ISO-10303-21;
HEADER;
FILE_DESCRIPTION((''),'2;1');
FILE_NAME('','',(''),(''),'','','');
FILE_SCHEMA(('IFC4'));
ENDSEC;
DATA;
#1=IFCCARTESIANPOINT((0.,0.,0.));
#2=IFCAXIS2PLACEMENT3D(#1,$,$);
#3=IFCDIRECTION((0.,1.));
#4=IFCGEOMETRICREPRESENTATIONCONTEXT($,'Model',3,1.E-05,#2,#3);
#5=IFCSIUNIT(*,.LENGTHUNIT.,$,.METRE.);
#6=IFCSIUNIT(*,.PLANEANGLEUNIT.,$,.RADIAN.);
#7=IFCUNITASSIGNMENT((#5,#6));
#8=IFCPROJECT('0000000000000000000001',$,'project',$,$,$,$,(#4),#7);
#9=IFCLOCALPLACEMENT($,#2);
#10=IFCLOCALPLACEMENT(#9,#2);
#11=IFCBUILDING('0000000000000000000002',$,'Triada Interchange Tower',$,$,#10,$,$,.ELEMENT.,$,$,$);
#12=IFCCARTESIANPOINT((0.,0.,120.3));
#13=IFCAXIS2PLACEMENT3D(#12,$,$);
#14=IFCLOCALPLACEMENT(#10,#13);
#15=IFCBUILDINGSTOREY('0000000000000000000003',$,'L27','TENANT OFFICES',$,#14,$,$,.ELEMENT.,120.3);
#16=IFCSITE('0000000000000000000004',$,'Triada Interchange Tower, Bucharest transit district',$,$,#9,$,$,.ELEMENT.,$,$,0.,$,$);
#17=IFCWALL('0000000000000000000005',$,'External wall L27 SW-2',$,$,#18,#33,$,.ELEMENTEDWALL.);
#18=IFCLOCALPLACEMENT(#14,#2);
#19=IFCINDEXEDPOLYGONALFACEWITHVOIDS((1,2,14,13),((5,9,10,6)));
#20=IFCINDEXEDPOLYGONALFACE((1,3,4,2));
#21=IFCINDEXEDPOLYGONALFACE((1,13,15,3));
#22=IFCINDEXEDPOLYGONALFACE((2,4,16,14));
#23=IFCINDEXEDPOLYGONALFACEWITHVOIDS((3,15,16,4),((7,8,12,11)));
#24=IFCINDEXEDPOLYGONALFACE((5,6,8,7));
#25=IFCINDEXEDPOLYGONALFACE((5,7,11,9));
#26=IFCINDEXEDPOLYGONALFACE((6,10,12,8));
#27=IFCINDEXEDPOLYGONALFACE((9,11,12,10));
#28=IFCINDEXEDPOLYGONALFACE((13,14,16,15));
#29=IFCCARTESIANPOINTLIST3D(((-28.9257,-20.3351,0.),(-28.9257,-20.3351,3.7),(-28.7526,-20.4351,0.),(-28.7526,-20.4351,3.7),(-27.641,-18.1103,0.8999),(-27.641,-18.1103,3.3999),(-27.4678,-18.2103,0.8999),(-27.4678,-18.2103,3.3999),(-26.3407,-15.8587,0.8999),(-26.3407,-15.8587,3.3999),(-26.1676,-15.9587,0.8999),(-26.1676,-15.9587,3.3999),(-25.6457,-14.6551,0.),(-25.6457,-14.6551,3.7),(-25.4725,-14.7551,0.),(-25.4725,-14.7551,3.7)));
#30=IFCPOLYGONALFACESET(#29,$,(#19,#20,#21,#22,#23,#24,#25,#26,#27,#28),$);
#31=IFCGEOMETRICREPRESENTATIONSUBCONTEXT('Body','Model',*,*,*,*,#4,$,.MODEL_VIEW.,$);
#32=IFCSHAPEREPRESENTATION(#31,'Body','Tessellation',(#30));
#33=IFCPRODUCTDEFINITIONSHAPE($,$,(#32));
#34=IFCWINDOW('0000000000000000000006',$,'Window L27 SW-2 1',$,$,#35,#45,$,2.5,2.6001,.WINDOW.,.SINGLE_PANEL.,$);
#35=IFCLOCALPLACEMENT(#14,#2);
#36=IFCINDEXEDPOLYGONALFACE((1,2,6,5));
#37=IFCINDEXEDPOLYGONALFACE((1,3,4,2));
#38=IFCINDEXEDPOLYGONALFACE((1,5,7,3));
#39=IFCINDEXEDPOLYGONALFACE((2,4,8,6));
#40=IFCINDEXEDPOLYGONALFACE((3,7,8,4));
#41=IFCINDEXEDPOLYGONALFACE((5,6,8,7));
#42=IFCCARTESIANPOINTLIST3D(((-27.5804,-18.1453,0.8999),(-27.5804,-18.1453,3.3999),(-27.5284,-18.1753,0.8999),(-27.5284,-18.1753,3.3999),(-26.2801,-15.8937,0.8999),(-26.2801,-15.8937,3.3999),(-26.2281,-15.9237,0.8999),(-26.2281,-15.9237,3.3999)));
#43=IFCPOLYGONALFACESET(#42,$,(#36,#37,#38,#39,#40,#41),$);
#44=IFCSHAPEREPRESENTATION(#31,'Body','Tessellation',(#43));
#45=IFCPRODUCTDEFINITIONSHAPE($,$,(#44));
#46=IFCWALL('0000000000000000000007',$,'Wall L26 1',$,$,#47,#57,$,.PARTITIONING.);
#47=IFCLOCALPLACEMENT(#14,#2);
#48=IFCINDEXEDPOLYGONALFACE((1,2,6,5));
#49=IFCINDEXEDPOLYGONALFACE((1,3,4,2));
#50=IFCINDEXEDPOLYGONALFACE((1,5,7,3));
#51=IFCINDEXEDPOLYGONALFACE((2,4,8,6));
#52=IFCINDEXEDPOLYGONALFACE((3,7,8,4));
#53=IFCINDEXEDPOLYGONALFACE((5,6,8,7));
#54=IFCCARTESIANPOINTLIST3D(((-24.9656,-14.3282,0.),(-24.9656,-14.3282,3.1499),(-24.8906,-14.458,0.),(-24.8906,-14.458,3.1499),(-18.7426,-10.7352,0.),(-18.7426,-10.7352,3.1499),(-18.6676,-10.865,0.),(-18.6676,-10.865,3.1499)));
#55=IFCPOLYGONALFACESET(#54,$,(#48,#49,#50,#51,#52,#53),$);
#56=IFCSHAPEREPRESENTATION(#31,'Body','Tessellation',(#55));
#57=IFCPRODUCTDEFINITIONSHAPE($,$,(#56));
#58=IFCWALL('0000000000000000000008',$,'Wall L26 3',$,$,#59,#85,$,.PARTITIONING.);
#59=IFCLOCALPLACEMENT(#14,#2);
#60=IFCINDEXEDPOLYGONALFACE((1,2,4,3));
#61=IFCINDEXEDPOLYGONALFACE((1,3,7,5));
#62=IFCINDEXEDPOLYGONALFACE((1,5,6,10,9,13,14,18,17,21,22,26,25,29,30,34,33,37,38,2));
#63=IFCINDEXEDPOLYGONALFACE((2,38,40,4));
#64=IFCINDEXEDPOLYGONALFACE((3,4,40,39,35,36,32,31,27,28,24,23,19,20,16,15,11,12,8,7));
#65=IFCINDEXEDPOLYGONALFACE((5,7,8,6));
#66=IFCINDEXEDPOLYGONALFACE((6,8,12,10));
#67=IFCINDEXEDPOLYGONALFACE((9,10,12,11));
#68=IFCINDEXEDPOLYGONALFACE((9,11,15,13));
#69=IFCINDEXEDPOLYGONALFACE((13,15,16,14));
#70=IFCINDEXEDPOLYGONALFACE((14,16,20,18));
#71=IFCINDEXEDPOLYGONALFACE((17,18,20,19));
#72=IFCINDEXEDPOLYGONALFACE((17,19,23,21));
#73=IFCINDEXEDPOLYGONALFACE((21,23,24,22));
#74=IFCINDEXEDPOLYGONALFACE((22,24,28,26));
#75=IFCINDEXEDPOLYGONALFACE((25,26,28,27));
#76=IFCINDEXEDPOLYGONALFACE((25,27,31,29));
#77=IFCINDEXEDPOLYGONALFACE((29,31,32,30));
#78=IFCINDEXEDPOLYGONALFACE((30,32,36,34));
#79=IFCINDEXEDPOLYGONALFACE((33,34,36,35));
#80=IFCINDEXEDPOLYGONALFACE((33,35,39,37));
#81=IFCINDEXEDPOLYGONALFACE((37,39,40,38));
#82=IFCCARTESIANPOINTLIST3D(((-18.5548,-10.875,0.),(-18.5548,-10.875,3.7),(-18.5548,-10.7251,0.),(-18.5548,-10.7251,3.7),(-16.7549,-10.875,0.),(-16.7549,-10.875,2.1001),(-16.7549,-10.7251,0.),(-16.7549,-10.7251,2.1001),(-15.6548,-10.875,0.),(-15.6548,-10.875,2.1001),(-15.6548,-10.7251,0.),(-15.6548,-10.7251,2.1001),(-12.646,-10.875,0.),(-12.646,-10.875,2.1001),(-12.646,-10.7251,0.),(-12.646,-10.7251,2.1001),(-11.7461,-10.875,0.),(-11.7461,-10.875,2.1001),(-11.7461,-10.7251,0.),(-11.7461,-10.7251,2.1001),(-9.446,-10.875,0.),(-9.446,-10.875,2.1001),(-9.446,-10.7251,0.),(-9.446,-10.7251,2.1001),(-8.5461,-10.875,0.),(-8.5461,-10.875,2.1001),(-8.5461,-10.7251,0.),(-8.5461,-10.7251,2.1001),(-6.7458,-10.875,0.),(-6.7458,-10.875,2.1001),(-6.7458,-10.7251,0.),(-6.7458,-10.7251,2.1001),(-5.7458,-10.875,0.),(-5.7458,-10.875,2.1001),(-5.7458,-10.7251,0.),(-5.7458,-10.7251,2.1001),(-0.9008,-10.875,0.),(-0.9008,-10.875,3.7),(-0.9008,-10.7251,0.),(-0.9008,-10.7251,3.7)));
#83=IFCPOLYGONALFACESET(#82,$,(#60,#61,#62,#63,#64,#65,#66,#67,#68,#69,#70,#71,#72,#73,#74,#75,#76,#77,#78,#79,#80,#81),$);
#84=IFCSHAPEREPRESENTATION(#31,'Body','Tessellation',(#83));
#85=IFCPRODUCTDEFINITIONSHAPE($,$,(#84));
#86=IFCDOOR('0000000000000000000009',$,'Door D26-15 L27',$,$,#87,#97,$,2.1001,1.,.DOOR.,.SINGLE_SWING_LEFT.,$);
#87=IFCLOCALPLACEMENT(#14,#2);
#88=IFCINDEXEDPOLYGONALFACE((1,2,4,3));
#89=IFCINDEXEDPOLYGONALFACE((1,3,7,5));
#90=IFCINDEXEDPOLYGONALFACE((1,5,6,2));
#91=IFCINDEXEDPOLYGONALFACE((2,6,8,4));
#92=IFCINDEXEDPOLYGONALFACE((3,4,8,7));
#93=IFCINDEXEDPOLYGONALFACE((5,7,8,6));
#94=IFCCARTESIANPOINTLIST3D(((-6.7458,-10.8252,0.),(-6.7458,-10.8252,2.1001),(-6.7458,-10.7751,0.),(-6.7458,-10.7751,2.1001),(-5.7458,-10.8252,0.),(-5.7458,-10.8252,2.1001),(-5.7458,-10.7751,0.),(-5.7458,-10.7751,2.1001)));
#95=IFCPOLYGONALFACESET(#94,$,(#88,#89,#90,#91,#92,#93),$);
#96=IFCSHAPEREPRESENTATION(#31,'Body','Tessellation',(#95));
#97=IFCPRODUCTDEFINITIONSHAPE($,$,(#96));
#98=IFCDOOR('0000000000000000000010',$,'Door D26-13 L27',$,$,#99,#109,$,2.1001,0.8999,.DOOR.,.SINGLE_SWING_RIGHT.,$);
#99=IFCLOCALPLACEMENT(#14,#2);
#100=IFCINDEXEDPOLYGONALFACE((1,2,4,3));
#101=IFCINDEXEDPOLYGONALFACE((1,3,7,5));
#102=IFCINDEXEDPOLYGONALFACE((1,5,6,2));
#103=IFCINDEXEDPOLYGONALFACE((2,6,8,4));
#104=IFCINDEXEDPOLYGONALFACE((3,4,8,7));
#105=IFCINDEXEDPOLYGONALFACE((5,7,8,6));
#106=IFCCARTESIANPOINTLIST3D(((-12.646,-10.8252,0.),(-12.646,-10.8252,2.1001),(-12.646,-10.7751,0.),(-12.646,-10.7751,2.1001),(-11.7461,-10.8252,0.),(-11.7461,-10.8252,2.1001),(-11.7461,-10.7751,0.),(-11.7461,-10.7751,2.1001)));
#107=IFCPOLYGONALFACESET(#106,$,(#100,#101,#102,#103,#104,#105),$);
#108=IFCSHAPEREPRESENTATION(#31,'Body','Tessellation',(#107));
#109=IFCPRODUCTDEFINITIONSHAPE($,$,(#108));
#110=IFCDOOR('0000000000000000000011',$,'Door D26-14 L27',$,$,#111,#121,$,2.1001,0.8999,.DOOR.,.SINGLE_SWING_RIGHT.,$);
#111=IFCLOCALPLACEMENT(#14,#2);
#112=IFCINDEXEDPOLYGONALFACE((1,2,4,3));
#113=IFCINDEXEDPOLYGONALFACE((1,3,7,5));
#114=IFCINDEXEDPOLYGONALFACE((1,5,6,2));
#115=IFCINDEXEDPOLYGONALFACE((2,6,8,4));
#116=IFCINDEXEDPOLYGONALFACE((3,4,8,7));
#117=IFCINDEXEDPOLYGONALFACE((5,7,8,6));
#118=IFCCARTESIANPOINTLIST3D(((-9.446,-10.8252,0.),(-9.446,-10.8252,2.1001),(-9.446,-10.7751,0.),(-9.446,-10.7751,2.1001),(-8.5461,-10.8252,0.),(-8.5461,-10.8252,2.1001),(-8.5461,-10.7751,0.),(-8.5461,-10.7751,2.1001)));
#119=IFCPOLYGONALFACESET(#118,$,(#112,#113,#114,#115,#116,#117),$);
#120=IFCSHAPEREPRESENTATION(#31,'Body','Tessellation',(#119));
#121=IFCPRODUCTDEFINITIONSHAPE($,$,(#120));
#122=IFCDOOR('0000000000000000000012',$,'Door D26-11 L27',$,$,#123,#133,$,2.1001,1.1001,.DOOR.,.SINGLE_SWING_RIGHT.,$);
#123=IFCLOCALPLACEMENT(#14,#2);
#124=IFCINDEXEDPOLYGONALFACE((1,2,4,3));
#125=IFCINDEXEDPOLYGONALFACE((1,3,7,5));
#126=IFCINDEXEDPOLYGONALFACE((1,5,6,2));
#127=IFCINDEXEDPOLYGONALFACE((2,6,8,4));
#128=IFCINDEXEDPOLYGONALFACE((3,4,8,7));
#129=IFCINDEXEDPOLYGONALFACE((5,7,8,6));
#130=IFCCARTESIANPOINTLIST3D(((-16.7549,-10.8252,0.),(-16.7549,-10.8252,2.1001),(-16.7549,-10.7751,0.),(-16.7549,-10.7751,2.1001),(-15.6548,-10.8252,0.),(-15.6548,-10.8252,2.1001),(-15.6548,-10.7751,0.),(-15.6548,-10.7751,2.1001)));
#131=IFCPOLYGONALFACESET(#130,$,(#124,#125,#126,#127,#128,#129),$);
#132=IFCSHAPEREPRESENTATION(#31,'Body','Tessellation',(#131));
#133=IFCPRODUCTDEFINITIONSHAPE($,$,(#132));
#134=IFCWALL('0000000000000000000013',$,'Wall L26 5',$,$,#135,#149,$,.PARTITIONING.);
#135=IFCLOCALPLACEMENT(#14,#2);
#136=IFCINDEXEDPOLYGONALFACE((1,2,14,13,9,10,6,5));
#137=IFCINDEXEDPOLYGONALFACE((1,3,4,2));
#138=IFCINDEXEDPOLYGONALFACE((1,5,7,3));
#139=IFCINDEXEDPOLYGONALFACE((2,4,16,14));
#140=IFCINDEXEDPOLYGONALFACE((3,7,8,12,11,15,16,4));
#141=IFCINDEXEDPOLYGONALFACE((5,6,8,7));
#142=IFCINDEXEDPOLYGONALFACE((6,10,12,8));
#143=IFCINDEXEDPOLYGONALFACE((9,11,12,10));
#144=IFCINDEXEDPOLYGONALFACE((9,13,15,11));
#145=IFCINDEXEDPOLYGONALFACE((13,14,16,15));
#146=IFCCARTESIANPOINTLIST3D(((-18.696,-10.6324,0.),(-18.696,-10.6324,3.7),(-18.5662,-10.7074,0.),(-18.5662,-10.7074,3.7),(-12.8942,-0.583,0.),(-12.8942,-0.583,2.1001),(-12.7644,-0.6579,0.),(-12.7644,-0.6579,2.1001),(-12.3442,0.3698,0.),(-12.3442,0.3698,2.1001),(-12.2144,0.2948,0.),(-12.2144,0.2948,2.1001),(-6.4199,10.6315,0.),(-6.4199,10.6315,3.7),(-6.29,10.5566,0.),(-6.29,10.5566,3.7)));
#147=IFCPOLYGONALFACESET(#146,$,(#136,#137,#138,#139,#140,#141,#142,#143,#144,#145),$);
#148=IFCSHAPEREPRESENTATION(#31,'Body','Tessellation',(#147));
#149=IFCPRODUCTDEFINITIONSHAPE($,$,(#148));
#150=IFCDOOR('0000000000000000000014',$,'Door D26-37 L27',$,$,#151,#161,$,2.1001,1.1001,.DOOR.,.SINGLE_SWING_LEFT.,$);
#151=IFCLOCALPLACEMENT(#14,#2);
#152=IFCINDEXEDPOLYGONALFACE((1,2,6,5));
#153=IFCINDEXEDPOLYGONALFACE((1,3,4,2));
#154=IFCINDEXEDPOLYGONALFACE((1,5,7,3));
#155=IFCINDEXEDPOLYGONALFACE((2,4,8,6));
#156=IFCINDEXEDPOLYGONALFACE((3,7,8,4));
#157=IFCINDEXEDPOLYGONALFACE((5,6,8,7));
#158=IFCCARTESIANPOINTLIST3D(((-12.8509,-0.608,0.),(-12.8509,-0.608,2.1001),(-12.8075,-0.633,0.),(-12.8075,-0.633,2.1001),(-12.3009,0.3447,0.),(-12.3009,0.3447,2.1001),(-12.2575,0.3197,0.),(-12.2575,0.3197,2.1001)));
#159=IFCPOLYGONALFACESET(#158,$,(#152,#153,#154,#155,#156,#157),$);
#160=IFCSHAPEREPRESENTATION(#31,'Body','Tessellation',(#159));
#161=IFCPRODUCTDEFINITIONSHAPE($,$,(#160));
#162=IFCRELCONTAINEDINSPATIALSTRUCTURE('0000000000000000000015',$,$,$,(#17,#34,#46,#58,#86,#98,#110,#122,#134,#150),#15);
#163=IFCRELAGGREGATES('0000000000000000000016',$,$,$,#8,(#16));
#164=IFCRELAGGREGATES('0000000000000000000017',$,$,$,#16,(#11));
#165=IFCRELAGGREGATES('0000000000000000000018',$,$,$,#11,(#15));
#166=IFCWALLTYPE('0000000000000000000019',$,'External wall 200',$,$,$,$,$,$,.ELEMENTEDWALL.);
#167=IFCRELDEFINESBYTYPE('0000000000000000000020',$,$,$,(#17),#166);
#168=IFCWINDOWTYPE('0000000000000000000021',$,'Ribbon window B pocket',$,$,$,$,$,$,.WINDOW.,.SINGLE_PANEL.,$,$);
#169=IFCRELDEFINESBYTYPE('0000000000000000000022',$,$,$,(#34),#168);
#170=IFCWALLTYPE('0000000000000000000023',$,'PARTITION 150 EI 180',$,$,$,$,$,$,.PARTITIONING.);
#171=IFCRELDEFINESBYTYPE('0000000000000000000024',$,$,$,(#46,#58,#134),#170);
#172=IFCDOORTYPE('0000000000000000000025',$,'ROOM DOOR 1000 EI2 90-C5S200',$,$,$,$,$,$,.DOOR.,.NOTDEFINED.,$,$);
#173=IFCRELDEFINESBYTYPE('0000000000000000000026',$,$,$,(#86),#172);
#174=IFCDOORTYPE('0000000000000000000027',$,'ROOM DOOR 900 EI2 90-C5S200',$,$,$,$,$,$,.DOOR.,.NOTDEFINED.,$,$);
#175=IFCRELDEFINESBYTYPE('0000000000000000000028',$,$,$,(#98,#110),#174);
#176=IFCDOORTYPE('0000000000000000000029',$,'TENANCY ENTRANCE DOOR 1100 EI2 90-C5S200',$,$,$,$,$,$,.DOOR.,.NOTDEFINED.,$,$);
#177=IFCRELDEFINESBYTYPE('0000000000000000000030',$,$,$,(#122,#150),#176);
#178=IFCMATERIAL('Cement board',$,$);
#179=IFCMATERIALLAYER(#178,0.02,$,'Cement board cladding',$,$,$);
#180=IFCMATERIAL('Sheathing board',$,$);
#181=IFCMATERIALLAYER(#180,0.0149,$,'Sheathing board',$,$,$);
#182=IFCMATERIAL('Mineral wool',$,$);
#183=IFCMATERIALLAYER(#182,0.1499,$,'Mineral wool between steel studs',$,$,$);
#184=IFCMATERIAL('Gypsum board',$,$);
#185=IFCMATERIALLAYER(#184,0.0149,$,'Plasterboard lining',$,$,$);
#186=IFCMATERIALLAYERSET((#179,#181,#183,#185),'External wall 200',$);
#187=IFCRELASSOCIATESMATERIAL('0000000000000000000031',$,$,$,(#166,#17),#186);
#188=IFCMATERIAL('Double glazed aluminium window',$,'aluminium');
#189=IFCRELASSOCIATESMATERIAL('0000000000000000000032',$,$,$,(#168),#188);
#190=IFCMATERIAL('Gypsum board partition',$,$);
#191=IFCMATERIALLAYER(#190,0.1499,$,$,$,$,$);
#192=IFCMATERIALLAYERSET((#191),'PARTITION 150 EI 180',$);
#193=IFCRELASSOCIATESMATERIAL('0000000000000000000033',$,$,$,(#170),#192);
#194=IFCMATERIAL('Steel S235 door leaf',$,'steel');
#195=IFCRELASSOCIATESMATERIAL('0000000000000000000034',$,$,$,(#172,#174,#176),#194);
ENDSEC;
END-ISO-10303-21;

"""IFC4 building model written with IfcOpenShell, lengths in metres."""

from ifc_helpers import new_model, si_unit, direction, frame, frame_2d, origin, place, context, subcontext, project, spatial, rectangle, extrude, material, layer, layer_set, layer_usage, type_object, element, fill, save


model = new_model("IFC4")

# Units and contexts
model_context = context("Model", 3, precision=1e-05, world=origin(), true_north=direction((0.0, 1.0)))
body_context = subcontext(model_context, "Body", "Model", "MODEL_VIEW")
ifc_project = project(units=[si_unit("LENGTHUNIT", "METRE"), si_unit("PLANEANGLEUNIT", "RADIAN")], contexts=[model_context])

# Site, building, storey
site_placement = place(None, origin())
site = spatial("IfcSite", under=ifc_project, at=site_placement, Name="Triada Interchange Tower, Bucharest transit district", CompositionType="ELEMENT", RefElevation=0.0)
building_placement = place(site_placement, origin())
building = spatial("IfcBuilding", under=site, at=building_placement, Name="Triada Interchange Tower", CompositionType="ELEMENT")
storey_placement = place(building_placement, frame((0.0, 0.0, 120.3)))
storey = spatial("IfcBuildingStorey", under=building, at=storey_placement, Name="L27", Description="TENANT OFFICES", CompositionType="ELEMENT", Elevation=120.3)

# Wall, opening, window
ifc_material_1 = material(Name="Cement board")
ifc_layer_1 = layer(ifc_material_1, 0.02, Name="Cement board cladding")
ifc_material_2 = material(Name="Sheathing board")
ifc_layer_2 = layer(ifc_material_2, 0.0149, Name="Sheathing board")
ifc_material_3 = material(Name="Mineral wool")
ifc_layer_3 = layer(ifc_material_3, 0.1499, Name="Mineral wool between steel studs")
ifc_material_4 = material(Name="Gypsum board")
ifc_layer_4 = layer(ifc_material_4, 0.0149, Name="Plasterboard lining")
ifc_layer_set_1 = layer_set([ifc_layer_1, ifc_layer_2, ifc_layer_3, ifc_layer_4], Name="External wall 200")
ifc_layer_usage = layer_usage(ifc_layer_set_1, "AXIS2", "POSITIVE", -0.1001)
wall_type_1 = type_object("IfcWallType", Name="External wall 200", PredefinedType="ELEMENTEDWALL", material=ifc_layer_set_1)
wall_1_placement = place(storey_placement, frame((-25.5591, -14.7051, 0.0), z_axis=(0.0, 0.0, 1.0), x_axis=(-0.500082, -0.865978, 0.0)))
wall_1 = element("IfcWall", 1, at=wall_1_placement, inside=storey, type_object=wall_type_1, material=ifc_layer_usage, Name="External wall L27 SW-2", PredefinedType="ELEMENTEDWALL", context=body_context, shape_type="SweptSolid", body=[
    extrude(rectangle(XDim=6.5591, YDim=0.2, at=frame_2d((3.2795, 0.0))), origin(), (0.0, 0.0, 1.0), 3.7),
])
opening_1_placement = place(wall_1_placement, frame((1.3899, 0.0, 0.8999)))
opening_1 = element("IfcOpeningElement", 2, at=opening_1_placement, cuts=wall_1, PredefinedType="OPENING", context=body_context, shape_type="SweptSolid", body=[
    extrude(rectangle(XDim=2.6001, YDim=2.5, at=frame_2d((1.3, 1.25))), frame((0.0, 0.1099, 0.0), z_axis=(0.0, -1.0, 0.0), x_axis=(1.0, 0.0, 0.0)), (0.0, 0.0, 1.0), 0.22),
])
ifc_material_5 = material(Name="Double glazed aluminium window", Category="aluminium")
window_type = type_object("IfcWindowType", Name="Ribbon window B pocket", PartitioningType="SINGLE_PANEL", PredefinedType="WINDOW", material=ifc_material_5)
window_placement = place(opening_1_placement, origin())
window = element("IfcWindow", 3, at=window_placement, inside=storey, type_object=window_type, Name="Window L27 SW-2 1", OverallHeight=2.5, OverallWidth=2.6001, PartitioningType="SINGLE_PANEL", PredefinedType="WINDOW", context=body_context, shape_type="SweptSolid", body=[
    extrude(rectangle(XDim=2.6001, YDim=2.5, at=frame_2d((1.3, 1.25))), frame((0.0, 0.03, 0.0), z_axis=(0.0, -1.0, 0.0), x_axis=(1.0, 0.0, 0.0)), (0.0, 0.0, 1.0), 0.0601),
])
fill(opening_1, window)

# Wall
ifc_material_6 = material(Name="Gypsum board partition")
ifc_layer_5 = layer(ifc_material_6, 0.1499)
ifc_layer_set_2 = layer_set([ifc_layer_5], Name="PARTITION 150 EI 180")
wall_type_2 = type_object("IfcWallType", Name="PARTITION 150 EI 180", PredefinedType="PARTITIONING", material=ifc_layer_set_2)
wall_2_placement = place(storey_placement, frame((-24.928, -14.3931, 0.0), z_axis=(0.0, 0.0, 1.0), x_axis=(0.866012, 0.500023, 0.0)))
element("IfcWall", 4, at=wall_2_placement, inside=storey, type_object=wall_type_2, Name="Wall L26 1", PredefinedType="PARTITIONING", context=body_context, shape_type="SweptSolid", body=[
    extrude(rectangle(XDim=7.1858, YDim=0.1499, at=frame_2d((3.5928, 0.0))), origin(), (0.0, 0.0, 1.0), 3.1499),
])

# Wall, openings, doors
wall_3_placement = place(storey_placement, frame((-18.5549, -10.8, 0.0), z_axis=(0.0, 0.0, 1.0), x_axis=(1.0, 0.0, 0.0)))
wall_3 = element("IfcWall", 5, at=wall_3_placement, inside=storey, type_object=wall_type_2, Name="Wall L26 3", PredefinedType="PARTITIONING", context=body_context, shape_type="SweptSolid", body=[
    extrude(rectangle(XDim=17.6541, YDim=0.1499, at=frame_2d((8.8271, 0.0))), origin(), (0.0, 0.0, 1.0), 3.7),
])
opening_2_placement = place(wall_3_placement, frame((1.8, 0.0, 0.0)))
opening_2 = element("IfcOpeningElement", 6, at=opening_2_placement, cuts=wall_3, PredefinedType="OPENING", context=body_context, shape_type="SweptSolid", body=[
    extrude(rectangle(XDim=1.1001, YDim=2.1001, at=frame_2d((0.55, 1.05))), frame((0.0, 0.085, 0.0), z_axis=(0.0, -1.0, 0.0), x_axis=(1.0, 0.0, 0.0)), (0.0, 0.0, 1.0), 0.1699),
])
opening_3_placement = place(wall_3_placement, frame((5.9089, 0.0, 0.0)))
opening_3 = element("IfcOpeningElement", 7, at=opening_3_placement, cuts=wall_3, PredefinedType="OPENING", context=body_context, shape_type="SweptSolid", body=[
    extrude(rectangle(XDim=0.8999, YDim=2.1001, at=frame_2d((0.45, 1.05))), frame((0.0, 0.085, 0.0), z_axis=(0.0, -1.0, 0.0), x_axis=(1.0, 0.0, 0.0)), (0.0, 0.0, 1.0), 0.1699),
])
opening_4_placement = place(wall_3_placement, frame((9.1089, 0.0, 0.0)))
opening_4 = element("IfcOpeningElement", 8, at=opening_4_placement, cuts=wall_3, PredefinedType="OPENING", context=body_context, shape_type="SweptSolid", body=[
    extrude(rectangle(XDim=0.8999, YDim=2.1001, at=frame_2d((0.45, 1.05))), frame((0.0, 0.085, 0.0), z_axis=(0.0, -1.0, 0.0), x_axis=(1.0, 0.0, 0.0)), (0.0, 0.0, 1.0), 0.1699),
])
opening_5_placement = place(wall_3_placement, frame((11.8091, 0.0, 0.0)))
opening_5 = element("IfcOpeningElement", 9, at=opening_5_placement, cuts=wall_3, PredefinedType="OPENING", context=body_context, shape_type="SweptSolid", body=[
    extrude(rectangle(XDim=1.0, YDim=2.1001, at=frame_2d((0.5, 1.05))), frame((0.0, 0.085, 0.0), z_axis=(0.0, -1.0, 0.0), x_axis=(1.0, 0.0, 0.0)), (0.0, 0.0, 1.0), 0.1699),
])
ifc_material_7 = material(Name="Steel S235 door leaf", Category="steel")
door_type_1 = type_object("IfcDoorType", Name="ROOM DOOR 1000 EI2 90-C5S200", OperationType="NOTDEFINED", PredefinedType="DOOR", material=ifc_material_7)
door_1_placement = place(opening_5_placement, origin())
door_1 = element("IfcDoor", 10, at=door_1_placement, inside=storey, type_object=door_type_1, Name="Door D26-15 L27", OperationType="SINGLE_SWING_LEFT", OverallHeight=2.1001, OverallWidth=1.0, PredefinedType="DOOR", context=body_context, shape_type="SweptSolid", body=[
    extrude(rectangle(XDim=1.0, YDim=2.1001, at=frame_2d((0.5, 1.05))), frame((0.0, 0.0249, 0.0), z_axis=(0.0, -1.0, 0.0), x_axis=(1.0, 0.0, 0.0)), (0.0, 0.0, 1.0), 0.05),
])
fill(opening_5, door_1)
door_type_2 = type_object("IfcDoorType", Name="ROOM DOOR 900 EI2 90-C5S200", OperationType="NOTDEFINED", PredefinedType="DOOR", material=ifc_material_7)
door_2_placement = place(opening_3_placement, origin())
door_2 = element("IfcDoor", 11, at=door_2_placement, inside=storey, type_object=door_type_2, Name="Door D26-13 L27", OperationType="SINGLE_SWING_RIGHT", OverallHeight=2.1001, OverallWidth=0.8999, PredefinedType="DOOR", context=body_context, shape_type="SweptSolid", body=[
    extrude(rectangle(XDim=0.8999, YDim=2.1001, at=frame_2d((0.45, 1.05))), frame((0.0, 0.0249, 0.0), z_axis=(0.0, -1.0, 0.0), x_axis=(1.0, 0.0, 0.0)), (0.0, 0.0, 1.0), 0.05),
])
fill(opening_3, door_2)
door_3_placement = place(opening_4_placement, origin())
door_3 = element("IfcDoor", 12, at=door_3_placement, inside=storey, type_object=door_type_2, Name="Door D26-14 L27", OperationType="SINGLE_SWING_RIGHT", OverallHeight=2.1001, OverallWidth=0.8999, PredefinedType="DOOR", context=body_context, shape_type="SweptSolid", body=[
    extrude(rectangle(XDim=0.8999, YDim=2.1001, at=frame_2d((0.45, 1.05))), frame((0.0, 0.0249, 0.0), z_axis=(0.0, -1.0, 0.0), x_axis=(1.0, 0.0, 0.0)), (0.0, 0.0, 1.0), 0.05),
])
fill(opening_4, door_3)
door_type_3 = type_object("IfcDoorType", Name="TENANCY ENTRANCE DOOR 1100 EI2 90-C5S200", OperationType="NOTDEFINED", PredefinedType="DOOR", material=ifc_material_7)
door_4_placement = place(opening_2_placement, origin())
door_4 = element("IfcDoor", 13, at=door_4_placement, inside=storey, type_object=door_type_3, Name="Door D26-11 L27", OperationType="SINGLE_SWING_RIGHT", OverallHeight=2.1001, OverallWidth=1.1001, PredefinedType="DOOR", context=body_context, shape_type="SweptSolid", body=[
    extrude(rectangle(XDim=1.1001, YDim=2.1001, at=frame_2d((0.55, 1.05))), frame((0.0, 0.0249, 0.0), z_axis=(0.0, -1.0, 0.0), x_axis=(1.0, 0.0, 0.0)), (0.0, 0.0, 1.0), 0.05),
])
fill(opening_2, door_4)

# Wall, opening, door
wall_4_placement = place(storey_placement, frame((-18.6311, -10.6699, 0.0), z_axis=(0.0, 0.0, 1.0), x_axis=(0.499982, 0.866036, 0.0)))
wall_4 = element("IfcWall", 14, at=wall_4_placement, inside=storey, type_object=wall_type_2, Name="Wall L26 5", PredefinedType="PARTITIONING", context=body_context, shape_type="SweptSolid", body=[
    extrude(rectangle(XDim=24.5532, YDim=0.1499, at=frame_2d((12.2766, 0.0))), origin(), (0.0, 0.0, 1.0), 3.7),
])
opening_6_placement = place(wall_4_placement, frame((11.604, 0.0, 0.0)))
opening_6 = element("IfcOpeningElement", 15, at=opening_6_placement, cuts=wall_4, PredefinedType="OPENING", context=body_context, shape_type="SweptSolid", body=[
    extrude(rectangle(XDim=1.1001, YDim=2.1001, at=frame_2d((0.55, 1.05))), frame((0.0, 0.085, 0.0), z_axis=(0.0, -1.0, 0.0), x_axis=(1.0, 0.0, 0.0)), (0.0, 0.0, 1.0), 0.1699),
])
door_5_placement = place(opening_6_placement, origin())
door_5 = element("IfcDoor", 16, at=door_5_placement, inside=storey, type_object=door_type_3, Name="Door D26-37 L27", OperationType="SINGLE_SWING_LEFT", OverallHeight=2.1001, OverallWidth=1.1001, PredefinedType="DOOR", context=body_context, shape_type="SweptSolid", body=[
    extrude(rectangle(XDim=1.1001, YDim=2.1001, at=frame_2d((0.55, 1.05))), frame((0.0, 0.0249, 0.0), z_axis=(0.0, -1.0, 0.0), x_axis=(1.0, 0.0, 0.0)), (0.0, 0.0, 1.0), 0.05),
])
fill(opening_6, door_5)

save(model, "model.ifc")
